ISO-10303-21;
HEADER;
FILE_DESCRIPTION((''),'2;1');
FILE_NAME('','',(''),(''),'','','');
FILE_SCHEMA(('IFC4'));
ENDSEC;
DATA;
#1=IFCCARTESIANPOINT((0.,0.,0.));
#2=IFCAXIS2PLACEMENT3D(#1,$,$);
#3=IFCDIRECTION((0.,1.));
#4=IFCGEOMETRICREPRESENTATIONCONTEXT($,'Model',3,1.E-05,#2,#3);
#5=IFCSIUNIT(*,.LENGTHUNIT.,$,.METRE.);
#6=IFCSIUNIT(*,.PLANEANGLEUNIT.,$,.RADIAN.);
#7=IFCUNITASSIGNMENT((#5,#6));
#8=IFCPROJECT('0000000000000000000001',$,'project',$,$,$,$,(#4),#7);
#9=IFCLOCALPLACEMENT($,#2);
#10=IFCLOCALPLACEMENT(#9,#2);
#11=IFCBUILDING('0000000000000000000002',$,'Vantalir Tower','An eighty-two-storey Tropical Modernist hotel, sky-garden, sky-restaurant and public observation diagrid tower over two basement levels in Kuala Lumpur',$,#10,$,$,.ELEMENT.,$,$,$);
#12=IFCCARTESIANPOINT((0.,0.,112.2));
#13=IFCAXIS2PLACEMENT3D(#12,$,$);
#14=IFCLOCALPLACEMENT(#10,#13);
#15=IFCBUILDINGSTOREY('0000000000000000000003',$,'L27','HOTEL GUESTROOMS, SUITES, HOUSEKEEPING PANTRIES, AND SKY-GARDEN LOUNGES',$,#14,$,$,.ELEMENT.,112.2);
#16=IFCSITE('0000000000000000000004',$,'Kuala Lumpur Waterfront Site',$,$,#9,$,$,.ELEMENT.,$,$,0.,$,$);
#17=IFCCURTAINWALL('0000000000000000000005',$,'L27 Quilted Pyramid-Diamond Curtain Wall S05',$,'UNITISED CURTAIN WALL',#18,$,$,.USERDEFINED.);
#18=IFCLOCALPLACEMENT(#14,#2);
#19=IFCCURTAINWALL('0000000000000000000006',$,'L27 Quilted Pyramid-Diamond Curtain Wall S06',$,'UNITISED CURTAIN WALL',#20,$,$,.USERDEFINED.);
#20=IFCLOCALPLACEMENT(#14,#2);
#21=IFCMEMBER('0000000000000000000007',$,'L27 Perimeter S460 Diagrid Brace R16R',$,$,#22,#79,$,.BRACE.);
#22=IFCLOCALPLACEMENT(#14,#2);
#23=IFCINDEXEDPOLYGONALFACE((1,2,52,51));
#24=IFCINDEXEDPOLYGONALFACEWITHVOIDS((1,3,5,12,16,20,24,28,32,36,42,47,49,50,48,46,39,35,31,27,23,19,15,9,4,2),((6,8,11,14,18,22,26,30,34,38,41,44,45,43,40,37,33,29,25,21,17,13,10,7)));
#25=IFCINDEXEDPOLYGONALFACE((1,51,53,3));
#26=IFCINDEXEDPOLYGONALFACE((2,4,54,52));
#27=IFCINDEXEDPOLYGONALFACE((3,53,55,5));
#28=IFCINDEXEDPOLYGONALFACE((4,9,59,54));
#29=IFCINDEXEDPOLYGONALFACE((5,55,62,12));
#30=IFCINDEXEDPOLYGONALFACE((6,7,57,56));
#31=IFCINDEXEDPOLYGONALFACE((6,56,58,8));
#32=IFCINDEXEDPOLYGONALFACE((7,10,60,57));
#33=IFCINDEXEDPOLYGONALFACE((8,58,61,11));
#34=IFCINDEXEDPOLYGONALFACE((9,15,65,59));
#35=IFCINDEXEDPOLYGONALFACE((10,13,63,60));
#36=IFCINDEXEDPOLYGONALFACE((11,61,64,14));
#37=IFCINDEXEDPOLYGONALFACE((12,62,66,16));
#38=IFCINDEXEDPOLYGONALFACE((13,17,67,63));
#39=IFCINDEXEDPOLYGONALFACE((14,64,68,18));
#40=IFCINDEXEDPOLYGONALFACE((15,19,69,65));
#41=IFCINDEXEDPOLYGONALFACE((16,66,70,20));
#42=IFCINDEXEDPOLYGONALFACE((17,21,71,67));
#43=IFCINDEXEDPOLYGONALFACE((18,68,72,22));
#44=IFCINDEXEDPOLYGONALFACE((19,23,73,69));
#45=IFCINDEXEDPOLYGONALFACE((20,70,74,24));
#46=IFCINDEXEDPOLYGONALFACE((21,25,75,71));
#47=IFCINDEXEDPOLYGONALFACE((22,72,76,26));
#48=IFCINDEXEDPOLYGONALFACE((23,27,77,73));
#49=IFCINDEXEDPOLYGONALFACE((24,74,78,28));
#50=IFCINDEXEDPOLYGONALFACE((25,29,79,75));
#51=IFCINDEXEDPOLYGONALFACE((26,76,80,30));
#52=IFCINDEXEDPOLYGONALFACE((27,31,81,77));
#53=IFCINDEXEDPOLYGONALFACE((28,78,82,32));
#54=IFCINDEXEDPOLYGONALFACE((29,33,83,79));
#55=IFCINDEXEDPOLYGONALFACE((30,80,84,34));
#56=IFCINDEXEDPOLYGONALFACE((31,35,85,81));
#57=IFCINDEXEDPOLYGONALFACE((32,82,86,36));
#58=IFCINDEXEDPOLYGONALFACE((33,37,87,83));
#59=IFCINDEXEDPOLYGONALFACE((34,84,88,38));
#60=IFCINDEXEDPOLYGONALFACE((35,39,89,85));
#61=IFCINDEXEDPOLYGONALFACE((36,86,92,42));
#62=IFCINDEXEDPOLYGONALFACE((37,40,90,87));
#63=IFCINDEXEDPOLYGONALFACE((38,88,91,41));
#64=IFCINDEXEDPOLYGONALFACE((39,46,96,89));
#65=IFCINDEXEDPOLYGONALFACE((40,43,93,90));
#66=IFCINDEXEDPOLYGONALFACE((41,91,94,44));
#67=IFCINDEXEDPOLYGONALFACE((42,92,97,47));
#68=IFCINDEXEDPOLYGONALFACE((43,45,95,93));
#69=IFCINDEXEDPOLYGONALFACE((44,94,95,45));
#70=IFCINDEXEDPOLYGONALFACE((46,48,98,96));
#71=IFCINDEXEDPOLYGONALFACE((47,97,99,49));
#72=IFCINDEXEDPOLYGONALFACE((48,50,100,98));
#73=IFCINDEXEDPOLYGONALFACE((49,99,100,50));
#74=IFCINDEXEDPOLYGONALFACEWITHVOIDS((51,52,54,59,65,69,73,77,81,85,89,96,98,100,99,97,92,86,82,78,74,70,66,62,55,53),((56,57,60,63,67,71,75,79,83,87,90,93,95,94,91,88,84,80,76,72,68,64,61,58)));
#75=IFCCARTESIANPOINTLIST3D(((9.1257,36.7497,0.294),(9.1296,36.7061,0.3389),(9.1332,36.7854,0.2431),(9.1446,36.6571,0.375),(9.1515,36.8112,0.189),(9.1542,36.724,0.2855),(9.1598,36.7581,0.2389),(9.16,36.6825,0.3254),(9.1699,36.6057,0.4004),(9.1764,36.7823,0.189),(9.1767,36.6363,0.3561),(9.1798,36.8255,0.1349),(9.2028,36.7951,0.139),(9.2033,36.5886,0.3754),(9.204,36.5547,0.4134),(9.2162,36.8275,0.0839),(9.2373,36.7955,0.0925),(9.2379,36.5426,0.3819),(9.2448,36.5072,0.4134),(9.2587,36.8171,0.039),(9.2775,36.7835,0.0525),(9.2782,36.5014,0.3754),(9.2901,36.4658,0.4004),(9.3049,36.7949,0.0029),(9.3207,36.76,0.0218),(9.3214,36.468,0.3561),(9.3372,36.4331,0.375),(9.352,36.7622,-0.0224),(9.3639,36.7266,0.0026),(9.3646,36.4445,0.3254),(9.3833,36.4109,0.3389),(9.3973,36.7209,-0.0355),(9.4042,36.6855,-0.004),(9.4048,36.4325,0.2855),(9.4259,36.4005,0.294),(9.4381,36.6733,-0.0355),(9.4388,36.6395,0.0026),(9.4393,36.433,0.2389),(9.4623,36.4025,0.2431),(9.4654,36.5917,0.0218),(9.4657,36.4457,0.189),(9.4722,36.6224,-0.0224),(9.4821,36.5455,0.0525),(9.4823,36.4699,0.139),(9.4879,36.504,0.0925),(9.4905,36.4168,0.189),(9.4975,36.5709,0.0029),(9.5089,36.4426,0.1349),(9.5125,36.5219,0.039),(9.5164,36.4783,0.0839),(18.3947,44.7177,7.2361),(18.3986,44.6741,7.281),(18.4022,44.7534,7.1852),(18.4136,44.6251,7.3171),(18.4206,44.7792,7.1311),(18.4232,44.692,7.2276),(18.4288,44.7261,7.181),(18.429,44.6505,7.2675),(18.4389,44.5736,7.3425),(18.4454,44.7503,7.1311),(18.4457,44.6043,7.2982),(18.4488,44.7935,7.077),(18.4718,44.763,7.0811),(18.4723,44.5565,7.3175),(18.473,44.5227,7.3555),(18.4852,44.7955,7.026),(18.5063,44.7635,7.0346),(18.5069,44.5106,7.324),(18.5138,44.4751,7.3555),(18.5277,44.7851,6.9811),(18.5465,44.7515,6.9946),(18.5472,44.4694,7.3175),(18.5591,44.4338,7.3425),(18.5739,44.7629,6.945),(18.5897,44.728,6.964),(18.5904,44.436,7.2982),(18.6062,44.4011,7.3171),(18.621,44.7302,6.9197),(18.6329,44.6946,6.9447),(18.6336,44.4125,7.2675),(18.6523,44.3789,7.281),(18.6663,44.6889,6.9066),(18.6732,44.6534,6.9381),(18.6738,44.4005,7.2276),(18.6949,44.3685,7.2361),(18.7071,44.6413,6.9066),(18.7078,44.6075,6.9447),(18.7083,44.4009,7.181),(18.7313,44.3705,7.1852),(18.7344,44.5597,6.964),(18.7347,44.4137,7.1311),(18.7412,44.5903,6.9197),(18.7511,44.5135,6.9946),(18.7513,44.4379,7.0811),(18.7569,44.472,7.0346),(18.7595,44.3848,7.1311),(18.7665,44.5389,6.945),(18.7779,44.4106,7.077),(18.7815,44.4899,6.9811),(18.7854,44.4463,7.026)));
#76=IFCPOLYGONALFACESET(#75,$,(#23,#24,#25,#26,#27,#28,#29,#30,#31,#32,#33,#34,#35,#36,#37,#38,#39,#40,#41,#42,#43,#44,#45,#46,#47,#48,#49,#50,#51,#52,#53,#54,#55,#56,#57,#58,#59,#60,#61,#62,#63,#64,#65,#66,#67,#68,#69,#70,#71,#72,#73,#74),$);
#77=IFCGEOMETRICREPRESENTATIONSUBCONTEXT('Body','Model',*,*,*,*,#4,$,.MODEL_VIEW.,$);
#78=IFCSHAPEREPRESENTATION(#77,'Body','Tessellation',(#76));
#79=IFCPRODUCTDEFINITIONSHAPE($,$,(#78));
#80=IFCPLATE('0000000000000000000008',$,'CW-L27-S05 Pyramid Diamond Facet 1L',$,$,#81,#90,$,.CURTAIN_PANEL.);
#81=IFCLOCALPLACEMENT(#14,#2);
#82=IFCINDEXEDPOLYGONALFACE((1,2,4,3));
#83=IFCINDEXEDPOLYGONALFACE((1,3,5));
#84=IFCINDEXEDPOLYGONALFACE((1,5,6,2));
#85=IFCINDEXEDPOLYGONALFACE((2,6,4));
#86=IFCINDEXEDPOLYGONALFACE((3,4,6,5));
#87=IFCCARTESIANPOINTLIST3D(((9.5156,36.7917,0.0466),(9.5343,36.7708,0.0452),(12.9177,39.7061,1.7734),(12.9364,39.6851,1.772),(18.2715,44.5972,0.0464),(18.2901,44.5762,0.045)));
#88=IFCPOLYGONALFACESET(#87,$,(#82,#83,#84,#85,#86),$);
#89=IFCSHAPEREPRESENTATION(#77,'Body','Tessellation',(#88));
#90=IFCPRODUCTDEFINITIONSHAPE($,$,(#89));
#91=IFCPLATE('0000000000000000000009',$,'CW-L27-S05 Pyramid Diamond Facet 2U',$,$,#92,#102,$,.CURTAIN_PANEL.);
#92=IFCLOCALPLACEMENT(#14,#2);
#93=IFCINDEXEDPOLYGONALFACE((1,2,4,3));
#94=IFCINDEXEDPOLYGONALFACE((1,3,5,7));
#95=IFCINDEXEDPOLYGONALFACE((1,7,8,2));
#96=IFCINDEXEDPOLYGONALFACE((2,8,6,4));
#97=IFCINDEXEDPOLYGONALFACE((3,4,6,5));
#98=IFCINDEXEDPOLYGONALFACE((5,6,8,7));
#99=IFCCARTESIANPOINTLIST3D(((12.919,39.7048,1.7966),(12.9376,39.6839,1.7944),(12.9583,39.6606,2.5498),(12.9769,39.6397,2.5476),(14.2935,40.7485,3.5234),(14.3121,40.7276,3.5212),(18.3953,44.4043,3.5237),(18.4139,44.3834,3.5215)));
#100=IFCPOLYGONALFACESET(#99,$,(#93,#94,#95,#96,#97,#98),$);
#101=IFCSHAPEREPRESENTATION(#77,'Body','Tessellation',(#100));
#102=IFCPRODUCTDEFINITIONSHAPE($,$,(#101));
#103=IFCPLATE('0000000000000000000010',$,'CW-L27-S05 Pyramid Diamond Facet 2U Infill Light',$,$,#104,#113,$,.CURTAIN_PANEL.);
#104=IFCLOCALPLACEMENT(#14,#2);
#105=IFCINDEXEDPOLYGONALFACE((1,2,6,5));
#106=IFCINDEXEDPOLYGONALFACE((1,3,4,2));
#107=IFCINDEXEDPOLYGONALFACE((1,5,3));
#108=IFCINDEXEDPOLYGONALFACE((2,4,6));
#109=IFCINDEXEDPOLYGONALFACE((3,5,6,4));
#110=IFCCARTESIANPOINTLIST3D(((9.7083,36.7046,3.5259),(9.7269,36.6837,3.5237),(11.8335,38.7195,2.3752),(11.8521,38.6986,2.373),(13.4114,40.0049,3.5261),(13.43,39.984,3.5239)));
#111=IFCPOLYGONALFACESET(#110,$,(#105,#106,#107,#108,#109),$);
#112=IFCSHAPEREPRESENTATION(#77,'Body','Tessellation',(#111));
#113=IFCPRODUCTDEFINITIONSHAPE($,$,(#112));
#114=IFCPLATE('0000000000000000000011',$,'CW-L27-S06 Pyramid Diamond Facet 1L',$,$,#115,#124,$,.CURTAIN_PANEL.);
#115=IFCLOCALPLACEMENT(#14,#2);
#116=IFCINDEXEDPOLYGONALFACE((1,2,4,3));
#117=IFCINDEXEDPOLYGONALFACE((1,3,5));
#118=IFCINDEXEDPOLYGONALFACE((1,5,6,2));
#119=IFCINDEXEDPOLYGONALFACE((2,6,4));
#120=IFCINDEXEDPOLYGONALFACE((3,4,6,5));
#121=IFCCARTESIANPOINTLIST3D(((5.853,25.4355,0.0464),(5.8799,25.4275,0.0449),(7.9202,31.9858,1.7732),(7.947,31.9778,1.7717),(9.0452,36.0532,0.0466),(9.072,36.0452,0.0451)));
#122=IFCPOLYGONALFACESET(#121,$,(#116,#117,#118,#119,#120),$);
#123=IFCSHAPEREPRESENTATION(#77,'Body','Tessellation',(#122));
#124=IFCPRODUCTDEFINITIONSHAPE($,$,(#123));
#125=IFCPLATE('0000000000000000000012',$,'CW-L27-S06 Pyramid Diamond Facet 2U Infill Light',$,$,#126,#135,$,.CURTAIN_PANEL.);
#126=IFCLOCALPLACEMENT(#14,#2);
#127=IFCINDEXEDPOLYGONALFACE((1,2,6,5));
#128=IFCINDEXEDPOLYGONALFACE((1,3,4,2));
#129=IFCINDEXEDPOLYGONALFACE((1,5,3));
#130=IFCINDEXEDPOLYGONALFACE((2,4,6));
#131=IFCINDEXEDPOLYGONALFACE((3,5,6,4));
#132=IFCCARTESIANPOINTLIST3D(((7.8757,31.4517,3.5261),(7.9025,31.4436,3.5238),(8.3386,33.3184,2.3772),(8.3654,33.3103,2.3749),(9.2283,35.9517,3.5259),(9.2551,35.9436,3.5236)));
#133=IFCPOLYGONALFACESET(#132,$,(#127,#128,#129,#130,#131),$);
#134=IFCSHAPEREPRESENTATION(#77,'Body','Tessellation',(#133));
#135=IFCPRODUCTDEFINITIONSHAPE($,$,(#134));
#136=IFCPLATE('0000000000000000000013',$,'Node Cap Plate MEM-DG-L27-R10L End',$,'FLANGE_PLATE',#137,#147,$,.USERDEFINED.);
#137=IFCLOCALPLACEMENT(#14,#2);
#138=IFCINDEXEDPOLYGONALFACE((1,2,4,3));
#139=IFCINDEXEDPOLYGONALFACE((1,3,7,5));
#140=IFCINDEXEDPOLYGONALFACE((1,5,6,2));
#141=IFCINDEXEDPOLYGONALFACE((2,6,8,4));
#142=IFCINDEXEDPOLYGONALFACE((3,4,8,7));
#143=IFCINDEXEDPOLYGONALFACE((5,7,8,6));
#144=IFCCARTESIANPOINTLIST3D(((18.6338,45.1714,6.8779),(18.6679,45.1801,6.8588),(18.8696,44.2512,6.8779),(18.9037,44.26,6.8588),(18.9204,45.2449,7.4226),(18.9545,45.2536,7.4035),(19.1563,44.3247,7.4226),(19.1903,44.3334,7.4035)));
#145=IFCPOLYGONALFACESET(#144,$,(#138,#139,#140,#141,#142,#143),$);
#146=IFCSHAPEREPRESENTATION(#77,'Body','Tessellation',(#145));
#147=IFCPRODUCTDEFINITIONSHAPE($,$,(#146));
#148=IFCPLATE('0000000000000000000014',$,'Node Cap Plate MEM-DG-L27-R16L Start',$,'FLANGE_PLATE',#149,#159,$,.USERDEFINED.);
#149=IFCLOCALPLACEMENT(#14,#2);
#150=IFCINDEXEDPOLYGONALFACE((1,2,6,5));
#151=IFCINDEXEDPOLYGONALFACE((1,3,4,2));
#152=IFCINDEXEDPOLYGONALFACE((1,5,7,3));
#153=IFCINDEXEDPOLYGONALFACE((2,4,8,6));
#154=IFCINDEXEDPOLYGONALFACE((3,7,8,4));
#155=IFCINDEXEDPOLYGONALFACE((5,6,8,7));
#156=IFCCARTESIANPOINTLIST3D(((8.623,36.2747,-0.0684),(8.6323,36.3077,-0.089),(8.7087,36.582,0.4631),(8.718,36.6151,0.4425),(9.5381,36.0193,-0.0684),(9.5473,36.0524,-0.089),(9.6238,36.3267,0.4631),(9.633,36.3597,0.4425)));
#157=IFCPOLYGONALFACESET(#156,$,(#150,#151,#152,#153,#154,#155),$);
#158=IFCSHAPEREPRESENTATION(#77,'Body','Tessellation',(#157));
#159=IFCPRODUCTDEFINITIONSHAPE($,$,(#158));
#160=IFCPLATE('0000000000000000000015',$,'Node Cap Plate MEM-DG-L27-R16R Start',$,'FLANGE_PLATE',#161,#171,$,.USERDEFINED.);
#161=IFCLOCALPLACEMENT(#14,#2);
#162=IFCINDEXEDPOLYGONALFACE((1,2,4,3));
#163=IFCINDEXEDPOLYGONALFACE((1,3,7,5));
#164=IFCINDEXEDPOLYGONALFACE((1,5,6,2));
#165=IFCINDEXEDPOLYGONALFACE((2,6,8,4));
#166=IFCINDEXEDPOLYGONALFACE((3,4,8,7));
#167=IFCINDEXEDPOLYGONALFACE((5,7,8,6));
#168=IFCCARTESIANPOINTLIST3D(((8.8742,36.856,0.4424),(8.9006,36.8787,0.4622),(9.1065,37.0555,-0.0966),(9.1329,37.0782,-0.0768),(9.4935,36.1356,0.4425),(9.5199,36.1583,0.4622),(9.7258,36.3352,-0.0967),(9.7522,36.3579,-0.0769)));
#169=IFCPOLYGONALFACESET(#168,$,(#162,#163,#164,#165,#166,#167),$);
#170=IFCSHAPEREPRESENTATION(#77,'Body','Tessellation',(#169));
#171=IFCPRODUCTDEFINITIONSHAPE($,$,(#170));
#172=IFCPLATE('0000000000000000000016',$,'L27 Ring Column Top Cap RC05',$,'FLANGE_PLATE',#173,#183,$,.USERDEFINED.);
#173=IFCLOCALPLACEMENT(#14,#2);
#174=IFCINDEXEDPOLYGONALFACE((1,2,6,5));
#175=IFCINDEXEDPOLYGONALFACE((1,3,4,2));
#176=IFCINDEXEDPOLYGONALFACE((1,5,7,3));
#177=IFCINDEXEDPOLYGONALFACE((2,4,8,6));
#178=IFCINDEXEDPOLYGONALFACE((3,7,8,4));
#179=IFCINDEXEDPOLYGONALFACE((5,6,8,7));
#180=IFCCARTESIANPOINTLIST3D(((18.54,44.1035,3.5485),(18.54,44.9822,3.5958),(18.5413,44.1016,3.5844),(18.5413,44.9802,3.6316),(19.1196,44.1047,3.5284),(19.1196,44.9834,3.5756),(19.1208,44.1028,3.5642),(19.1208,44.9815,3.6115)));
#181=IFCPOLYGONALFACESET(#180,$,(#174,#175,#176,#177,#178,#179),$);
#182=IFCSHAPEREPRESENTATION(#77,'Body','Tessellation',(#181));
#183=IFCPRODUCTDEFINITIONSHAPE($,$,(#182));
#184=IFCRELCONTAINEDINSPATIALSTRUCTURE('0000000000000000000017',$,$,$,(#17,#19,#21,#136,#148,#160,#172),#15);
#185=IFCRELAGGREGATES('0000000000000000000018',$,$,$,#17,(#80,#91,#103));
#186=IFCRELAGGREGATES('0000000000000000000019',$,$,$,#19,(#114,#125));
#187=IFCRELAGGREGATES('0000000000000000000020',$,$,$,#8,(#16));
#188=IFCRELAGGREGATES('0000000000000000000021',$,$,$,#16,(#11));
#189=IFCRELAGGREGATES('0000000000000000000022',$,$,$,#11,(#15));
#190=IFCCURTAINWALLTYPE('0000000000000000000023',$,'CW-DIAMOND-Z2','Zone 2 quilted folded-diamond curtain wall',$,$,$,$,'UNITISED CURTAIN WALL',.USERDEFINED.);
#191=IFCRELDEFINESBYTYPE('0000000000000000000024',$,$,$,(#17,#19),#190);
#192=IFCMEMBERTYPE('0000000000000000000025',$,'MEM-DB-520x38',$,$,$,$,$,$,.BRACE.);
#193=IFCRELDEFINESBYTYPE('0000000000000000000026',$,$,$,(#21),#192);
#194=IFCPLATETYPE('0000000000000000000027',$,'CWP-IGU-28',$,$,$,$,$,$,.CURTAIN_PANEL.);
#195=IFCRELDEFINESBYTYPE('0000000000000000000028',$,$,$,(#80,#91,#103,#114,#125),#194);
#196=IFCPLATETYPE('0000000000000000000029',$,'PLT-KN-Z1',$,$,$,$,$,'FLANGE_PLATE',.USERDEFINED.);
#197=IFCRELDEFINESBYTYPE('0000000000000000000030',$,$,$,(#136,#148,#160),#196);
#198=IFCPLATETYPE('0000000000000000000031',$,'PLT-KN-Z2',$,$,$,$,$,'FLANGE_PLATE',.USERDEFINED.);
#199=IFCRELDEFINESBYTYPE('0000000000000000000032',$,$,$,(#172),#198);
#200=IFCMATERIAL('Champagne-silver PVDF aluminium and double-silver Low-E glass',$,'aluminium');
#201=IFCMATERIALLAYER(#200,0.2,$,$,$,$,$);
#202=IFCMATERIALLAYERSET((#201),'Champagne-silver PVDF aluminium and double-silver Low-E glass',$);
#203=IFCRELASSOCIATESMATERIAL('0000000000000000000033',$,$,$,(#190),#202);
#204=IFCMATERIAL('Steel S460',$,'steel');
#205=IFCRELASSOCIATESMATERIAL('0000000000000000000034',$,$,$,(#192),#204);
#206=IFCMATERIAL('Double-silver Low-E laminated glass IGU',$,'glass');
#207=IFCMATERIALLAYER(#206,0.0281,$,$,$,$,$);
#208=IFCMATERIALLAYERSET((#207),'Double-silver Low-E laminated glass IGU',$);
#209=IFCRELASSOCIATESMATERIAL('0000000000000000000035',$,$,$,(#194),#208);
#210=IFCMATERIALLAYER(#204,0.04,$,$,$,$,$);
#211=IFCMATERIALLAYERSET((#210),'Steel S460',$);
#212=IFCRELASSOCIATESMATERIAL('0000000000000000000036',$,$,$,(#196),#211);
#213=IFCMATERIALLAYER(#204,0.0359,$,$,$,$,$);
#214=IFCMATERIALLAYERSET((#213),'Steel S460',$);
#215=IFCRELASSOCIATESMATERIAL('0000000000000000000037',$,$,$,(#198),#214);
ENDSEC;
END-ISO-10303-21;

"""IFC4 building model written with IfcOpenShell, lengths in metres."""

from ifc_helpers import new_model, si_unit, direction, frame, origin, origin_2d, place, context, subcontext, project, spatial, polyline, hollow_circle, outline, extrude, material, layer, layer_set, material_profile, profile_set, type_object, element, aggregate, save


model = new_model("IFC4")

# Units and contexts
model_context = context("Model", 3, precision=1e-05, world=origin(), true_north=direction((0.0, 1.0)))
body_context = subcontext(model_context, "Body", "Model", "MODEL_VIEW")
ifc_project = project(units=[si_unit("LENGTHUNIT", "METRE"), si_unit("PLANEANGLEUNIT", "RADIAN")], contexts=[model_context])

# Site, building, storey
site_placement = place(None, origin())
site = spatial("IfcSite", under=ifc_project, at=site_placement, Name="Kuala Lumpur Waterfront Site", CompositionType="ELEMENT", RefElevation=0.0)
building_placement = place(site_placement, origin())
building = spatial("IfcBuilding", under=site, at=building_placement, Name="Vantalir Tower", Description="An eighty-two-storey Tropical Modernist hotel, sky-garden, sky-restaurant and public observation diagrid tower over two basement levels in Kuala Lumpur", CompositionType="ELEMENT")
storey_placement = place(building_placement, frame((0.0, 0.0, 112.2)))
storey = spatial("IfcBuildingStorey", under=building, at=storey_placement, Name="L27", Description="HOTEL GUESTROOMS, SUITES, HOUSEKEEPING PANTRIES, AND SKY-GARDEN LOUNGES", CompositionType="ELEMENT", Elevation=112.2)

# Shared definitions
ifc_material_1 = material(Name="Steel S460", Category="steel")

# Curtain wall
ifc_material_2 = material(Name="Champagne-silver PVDF aluminium and double-silver Low-E glass", Category="aluminium")
ifc_layer_1 = layer(ifc_material_2, 0.2)
ifc_layer_set_1 = layer_set([ifc_layer_1], Name="Champagne-silver PVDF aluminium and double-silver Low-E glass")
curtain_wall_type = type_object("IfcCurtainWallType", Name="CW-DIAMOND-Z2", Description="Zone 2 quilted folded-diamond curtain wall", ElementType="UNITISED CURTAIN WALL", PredefinedType="USERDEFINED", material=ifc_layer_set_1)
curtain_wall_1_placement = place(storey_placement, origin())
curtain_wall_1 = element("IfcCurtainWall", 1, at=curtain_wall_1_placement, inside=storey, type_object=curtain_wall_type, Name="L27 Quilted Pyramid-Diamond Curtain Wall S05", ObjectType="UNITISED CURTAIN WALL", PredefinedType="USERDEFINED")

# Curtain wall
curtain_wall_2_placement = place(storey_placement, origin())
curtain_wall_2 = element("IfcCurtainWall", 2, at=curtain_wall_2_placement, inside=storey, type_object=curtain_wall_type, Name="L27 Quilted Pyramid-Diamond Curtain Wall S06", ObjectType="UNITISED CURTAIN WALL", PredefinedType="USERDEFINED")

# Member
ifc_material_profile_1 = material_profile(ifc_material_1, hollow_circle(Radius=0.26, WallThickness=0.0381, at=origin_2d()), Name="Steel S460")
ifc_profile_set_1 = profile_set([ifc_material_profile_1], Name="Steel S460")
member_type_1 = type_object("IfcMemberType", Name="MEM-DB-520x38", PredefinedType="BRACE", material=ifc_profile_set_1)
member_1_placement = place(storey_placement, frame((9.321, 36.614, 0.189), z_axis=(0.659392, 0.566838, 0.493858), x_axis=(-0.651881, 0.758321, 0.0)))
element("IfcMember", 3, at=member_1_placement, inside=storey, type_object=member_type_1, Name="L27 Perimeter S460 Diagrid Brace R16R", PredefinedType="BRACE", context=body_context, shape_type="SweptSolid", body=[
    extrude(hollow_circle(Radius=0.26, WallThickness=0.0381, at=origin_2d()), origin(), (0.0, 0.0, 1.0), 14.0569),
])

# Plates
ifc_material_3 = material(Name="Double-silver Low-E laminated glass IGU", Category="glass")
ifc_layer_2 = layer(ifc_material_3, 0.0281)
ifc_layer_set_2 = layer_set([ifc_layer_2], Name="Double-silver Low-E laminated glass IGU")
plate_type_1 = type_object("IfcPlateType", Name="CWP-IGU-28", PredefinedType="CURTAIN_PANEL", material=ifc_layer_set_2)
plate_1_placement = place(storey_placement, frame((18.2715, 44.5972, 0.0464), z_axis=(-0.66456, 0.745482, 0.051154), x_axis=(-0.746459, -0.665432, 0.000021)))
plate_1 = element("IfcPlate", 4, at=plate_1_placement, type_object=plate_type_1, Name="CW-L27-S05 Pyramid Diamond Facet 1L", PredefinedType="CURTAIN_PANEL", context=body_context, shape_type="SweptSolid", body=[
    extrude(outline(polyline([(0.0, 0.0), (11.7299, 0.0), (7.2511, 1.7292), (0.0, 0.0)])), origin(), (0.0, 0.0, -1.0), 0.0281),
])
plate_2_placement = place(storey_placement, frame((18.3953, 44.4043, 3.5237), z_axis=(-0.663328, 0.744234, 0.078175), x_axis=(-0.746521, -0.665362, -0.000046)))
plate_2 = element("IfcPlate", 5, at=plate_2_placement, type_object=plate_type_1, Name="CW-L27-S05 Pyramid Diamond Facet 2U", PredefinedType="CURTAIN_PANEL", context=body_context, shape_type="SweptSolid", body=[
    extrude(outline(polyline([(0.0, 0.0), (5.4945, 0.0), (7.2151, -0.9765), (7.2151, -1.732), (0.0, 0.0)])), origin(), (0.0, 0.0, -1.0), 0.0281),
])
plate_3_placement = place(storey_placement, frame((13.4114, 40.0049, 3.5261), z_axis=(-0.663303, 0.744259, 0.07815), x_axis=(-0.746545, -0.665335, -0.000049)))
plate_3 = element("IfcPlate", 6, at=plate_3_placement, type_object=plate_type_1, Name="CW-L27-S05 Pyramid Diamond Facet 2U Infill Light", PredefinedType="CURTAIN_PANEL", context=body_context, shape_type="SweptSolid", body=[
    extrude(outline(polyline([(0.0, 0.0), (4.9603, 0.0), (2.0332, -1.1543), (0.0, 0.0)])), origin(), (0.0, 0.0, -1.0), 0.0281),
])
aggregate(curtain_wall_1, [plate_1, plate_2, plate_3])
plate_4_placement = place(storey_placement, frame((9.0452, 36.0532, 0.0466), z_axis=(-0.95625, 0.287489, 0.054182), x_axis=(-0.287913, -0.957656, -0.000022)))
plate_4 = element("IfcPlate", 7, at=plate_4_placement, type_object=plate_type_1, Name="CW-L27-S06 Pyramid Diamond Facet 1L", PredefinedType="CURTAIN_PANEL", context=body_context, shape_type="SweptSolid", body=[
    extrude(outline(polyline([(0.0, 0.0), (11.0871, 0.0), (4.219, 1.7292), (0.0, 0.0)])), origin(), (0.0, 0.0, -1.0), 0.0281),
])
plate_5_placement = place(storey_placement, frame((9.2283, 35.9517, 3.5259), z_axis=(-0.954485, 0.286889, 0.081565), x_axis=(-0.287844, -0.957677, 0.000052)))
plate_5 = element("IfcPlate", 8, at=plate_5_placement, type_object=plate_type_1, Name="CW-L27-S06 Pyramid Diamond Facet 2U Infill Light", PredefinedType="CURTAIN_PANEL", context=body_context, shape_type="SweptSolid", body=[
    extrude(outline(polyline([(0.0, 0.0), (4.6989, 0.0), (2.7779, -1.1527), (0.0, 0.0)])), origin(), (0.0, 0.0, -1.0), 0.0281),
])
aggregate(curtain_wall_2, [plate_4, plate_5])

# Plates
ifc_layer_3 = layer(ifc_material_1, 0.04)
ifc_layer_set_3 = layer_set([ifc_layer_3], Name="Steel S460")
plate_type_2 = type_object("IfcPlateType", Name="PLT-KN-Z1", ElementType="FLANGE_PLATE", PredefinedType="USERDEFINED", material=ifc_layer_set_3)
plate_6_placement = place(storey_placement, frame((18.6338, 45.1714, 6.8779), z_axis=(-0.851199, -0.218163, 0.477353), x_axis=(0.248276, -0.968689, 0.0)))
element("IfcPlate", 9, at=plate_6_placement, inside=storey, type_object=plate_type_2, Name="Node Cap Plate MEM-DG-L27-R10L End", ObjectType="FLANGE_PLATE", PredefinedType="USERDEFINED", context=body_context, shape_type="SweptSolid", body=[
    extrude(outline(polyline([(0.0, 0.0), (0.9499, 0.0), (0.9499, 0.6199), (0.0, 0.6199), (0.0, 0.0)])), origin(), (0.0, 0.0, -1.0), 0.04),
])
plate_7_placement = place(storey_placement, frame((8.623, 36.2747, -0.0684), z_axis=(-0.230465, -0.825795, 0.514731), x_axis=(0.963193, -0.26881, 0.0)))
element("IfcPlate", 10, at=plate_7_placement, inside=storey, type_object=plate_type_2, Name="Node Cap Plate MEM-DG-L27-R16L Start", ObjectType="FLANGE_PLATE", PredefinedType="USERDEFINED", context=body_context, shape_type="SweptSolid", body=[
    extrude(outline(polyline([(0.0, 0.0), (0.95, 0.0), (0.9499, 0.6199), (-0.0001, 0.6199), (0.0, 0.0)])), origin(), (0.0, 0.0, -1.0), 0.04),
])
plate_8_placement = place(storey_placement, frame((9.7522, 36.3579, -0.0769), z_axis=(0.659323, 0.56681, 0.493983), x_axis=(-0.651935, 0.758275, 0.000078)))
element("IfcPlate", 11, at=plate_8_placement, inside=storey, type_object=plate_type_2, Name="Node Cap Plate MEM-DG-L27-R16R Start", ObjectType="FLANGE_PLATE", PredefinedType="USERDEFINED", context=body_context, shape_type="SweptSolid", body=[
    extrude(outline(polyline([(0.0, 0.0), (0.9499, 0.0), (0.9501, 0.6199), (0.0001, 0.6201), (0.0, 0.0)])), origin(), (0.0, 0.0, -1.0), 0.04),
])
ifc_layer_4 = layer(ifc_material_1, 0.0359)
ifc_layer_set_4 = layer_set([ifc_layer_4], Name="Steel S460")
plate_type_3 = type_object("IfcPlateType", Name="PLT-KN-Z2", ElementType="FLANGE_PLATE", PredefinedType="USERDEFINED", material=ifc_layer_set_4)
plate_9_placement = place(storey_placement, frame((18.5413, 44.9802, 3.6316), z_axis=(0.034793, -0.053655, 0.997953), x_axis=(-0.000005, -0.998558, -0.053687)))
element("IfcPlate", 12, at=plate_9_placement, inside=storey, type_object=plate_type_3, Name="L27 Ring Column Top Cap RC05", ObjectType="FLANGE_PLATE", PredefinedType="USERDEFINED", context=body_context, shape_type="SweptSolid", body=[
    extrude(outline(polyline([(0.0, 0.0), (0.8799, 0.0), (0.8798, 0.5799), (-0.0001, 0.5799), (0.0, 0.0)])), origin(), (0.0, 0.0, -1.0), 0.0359),
])

save(model, "model.ifc")
